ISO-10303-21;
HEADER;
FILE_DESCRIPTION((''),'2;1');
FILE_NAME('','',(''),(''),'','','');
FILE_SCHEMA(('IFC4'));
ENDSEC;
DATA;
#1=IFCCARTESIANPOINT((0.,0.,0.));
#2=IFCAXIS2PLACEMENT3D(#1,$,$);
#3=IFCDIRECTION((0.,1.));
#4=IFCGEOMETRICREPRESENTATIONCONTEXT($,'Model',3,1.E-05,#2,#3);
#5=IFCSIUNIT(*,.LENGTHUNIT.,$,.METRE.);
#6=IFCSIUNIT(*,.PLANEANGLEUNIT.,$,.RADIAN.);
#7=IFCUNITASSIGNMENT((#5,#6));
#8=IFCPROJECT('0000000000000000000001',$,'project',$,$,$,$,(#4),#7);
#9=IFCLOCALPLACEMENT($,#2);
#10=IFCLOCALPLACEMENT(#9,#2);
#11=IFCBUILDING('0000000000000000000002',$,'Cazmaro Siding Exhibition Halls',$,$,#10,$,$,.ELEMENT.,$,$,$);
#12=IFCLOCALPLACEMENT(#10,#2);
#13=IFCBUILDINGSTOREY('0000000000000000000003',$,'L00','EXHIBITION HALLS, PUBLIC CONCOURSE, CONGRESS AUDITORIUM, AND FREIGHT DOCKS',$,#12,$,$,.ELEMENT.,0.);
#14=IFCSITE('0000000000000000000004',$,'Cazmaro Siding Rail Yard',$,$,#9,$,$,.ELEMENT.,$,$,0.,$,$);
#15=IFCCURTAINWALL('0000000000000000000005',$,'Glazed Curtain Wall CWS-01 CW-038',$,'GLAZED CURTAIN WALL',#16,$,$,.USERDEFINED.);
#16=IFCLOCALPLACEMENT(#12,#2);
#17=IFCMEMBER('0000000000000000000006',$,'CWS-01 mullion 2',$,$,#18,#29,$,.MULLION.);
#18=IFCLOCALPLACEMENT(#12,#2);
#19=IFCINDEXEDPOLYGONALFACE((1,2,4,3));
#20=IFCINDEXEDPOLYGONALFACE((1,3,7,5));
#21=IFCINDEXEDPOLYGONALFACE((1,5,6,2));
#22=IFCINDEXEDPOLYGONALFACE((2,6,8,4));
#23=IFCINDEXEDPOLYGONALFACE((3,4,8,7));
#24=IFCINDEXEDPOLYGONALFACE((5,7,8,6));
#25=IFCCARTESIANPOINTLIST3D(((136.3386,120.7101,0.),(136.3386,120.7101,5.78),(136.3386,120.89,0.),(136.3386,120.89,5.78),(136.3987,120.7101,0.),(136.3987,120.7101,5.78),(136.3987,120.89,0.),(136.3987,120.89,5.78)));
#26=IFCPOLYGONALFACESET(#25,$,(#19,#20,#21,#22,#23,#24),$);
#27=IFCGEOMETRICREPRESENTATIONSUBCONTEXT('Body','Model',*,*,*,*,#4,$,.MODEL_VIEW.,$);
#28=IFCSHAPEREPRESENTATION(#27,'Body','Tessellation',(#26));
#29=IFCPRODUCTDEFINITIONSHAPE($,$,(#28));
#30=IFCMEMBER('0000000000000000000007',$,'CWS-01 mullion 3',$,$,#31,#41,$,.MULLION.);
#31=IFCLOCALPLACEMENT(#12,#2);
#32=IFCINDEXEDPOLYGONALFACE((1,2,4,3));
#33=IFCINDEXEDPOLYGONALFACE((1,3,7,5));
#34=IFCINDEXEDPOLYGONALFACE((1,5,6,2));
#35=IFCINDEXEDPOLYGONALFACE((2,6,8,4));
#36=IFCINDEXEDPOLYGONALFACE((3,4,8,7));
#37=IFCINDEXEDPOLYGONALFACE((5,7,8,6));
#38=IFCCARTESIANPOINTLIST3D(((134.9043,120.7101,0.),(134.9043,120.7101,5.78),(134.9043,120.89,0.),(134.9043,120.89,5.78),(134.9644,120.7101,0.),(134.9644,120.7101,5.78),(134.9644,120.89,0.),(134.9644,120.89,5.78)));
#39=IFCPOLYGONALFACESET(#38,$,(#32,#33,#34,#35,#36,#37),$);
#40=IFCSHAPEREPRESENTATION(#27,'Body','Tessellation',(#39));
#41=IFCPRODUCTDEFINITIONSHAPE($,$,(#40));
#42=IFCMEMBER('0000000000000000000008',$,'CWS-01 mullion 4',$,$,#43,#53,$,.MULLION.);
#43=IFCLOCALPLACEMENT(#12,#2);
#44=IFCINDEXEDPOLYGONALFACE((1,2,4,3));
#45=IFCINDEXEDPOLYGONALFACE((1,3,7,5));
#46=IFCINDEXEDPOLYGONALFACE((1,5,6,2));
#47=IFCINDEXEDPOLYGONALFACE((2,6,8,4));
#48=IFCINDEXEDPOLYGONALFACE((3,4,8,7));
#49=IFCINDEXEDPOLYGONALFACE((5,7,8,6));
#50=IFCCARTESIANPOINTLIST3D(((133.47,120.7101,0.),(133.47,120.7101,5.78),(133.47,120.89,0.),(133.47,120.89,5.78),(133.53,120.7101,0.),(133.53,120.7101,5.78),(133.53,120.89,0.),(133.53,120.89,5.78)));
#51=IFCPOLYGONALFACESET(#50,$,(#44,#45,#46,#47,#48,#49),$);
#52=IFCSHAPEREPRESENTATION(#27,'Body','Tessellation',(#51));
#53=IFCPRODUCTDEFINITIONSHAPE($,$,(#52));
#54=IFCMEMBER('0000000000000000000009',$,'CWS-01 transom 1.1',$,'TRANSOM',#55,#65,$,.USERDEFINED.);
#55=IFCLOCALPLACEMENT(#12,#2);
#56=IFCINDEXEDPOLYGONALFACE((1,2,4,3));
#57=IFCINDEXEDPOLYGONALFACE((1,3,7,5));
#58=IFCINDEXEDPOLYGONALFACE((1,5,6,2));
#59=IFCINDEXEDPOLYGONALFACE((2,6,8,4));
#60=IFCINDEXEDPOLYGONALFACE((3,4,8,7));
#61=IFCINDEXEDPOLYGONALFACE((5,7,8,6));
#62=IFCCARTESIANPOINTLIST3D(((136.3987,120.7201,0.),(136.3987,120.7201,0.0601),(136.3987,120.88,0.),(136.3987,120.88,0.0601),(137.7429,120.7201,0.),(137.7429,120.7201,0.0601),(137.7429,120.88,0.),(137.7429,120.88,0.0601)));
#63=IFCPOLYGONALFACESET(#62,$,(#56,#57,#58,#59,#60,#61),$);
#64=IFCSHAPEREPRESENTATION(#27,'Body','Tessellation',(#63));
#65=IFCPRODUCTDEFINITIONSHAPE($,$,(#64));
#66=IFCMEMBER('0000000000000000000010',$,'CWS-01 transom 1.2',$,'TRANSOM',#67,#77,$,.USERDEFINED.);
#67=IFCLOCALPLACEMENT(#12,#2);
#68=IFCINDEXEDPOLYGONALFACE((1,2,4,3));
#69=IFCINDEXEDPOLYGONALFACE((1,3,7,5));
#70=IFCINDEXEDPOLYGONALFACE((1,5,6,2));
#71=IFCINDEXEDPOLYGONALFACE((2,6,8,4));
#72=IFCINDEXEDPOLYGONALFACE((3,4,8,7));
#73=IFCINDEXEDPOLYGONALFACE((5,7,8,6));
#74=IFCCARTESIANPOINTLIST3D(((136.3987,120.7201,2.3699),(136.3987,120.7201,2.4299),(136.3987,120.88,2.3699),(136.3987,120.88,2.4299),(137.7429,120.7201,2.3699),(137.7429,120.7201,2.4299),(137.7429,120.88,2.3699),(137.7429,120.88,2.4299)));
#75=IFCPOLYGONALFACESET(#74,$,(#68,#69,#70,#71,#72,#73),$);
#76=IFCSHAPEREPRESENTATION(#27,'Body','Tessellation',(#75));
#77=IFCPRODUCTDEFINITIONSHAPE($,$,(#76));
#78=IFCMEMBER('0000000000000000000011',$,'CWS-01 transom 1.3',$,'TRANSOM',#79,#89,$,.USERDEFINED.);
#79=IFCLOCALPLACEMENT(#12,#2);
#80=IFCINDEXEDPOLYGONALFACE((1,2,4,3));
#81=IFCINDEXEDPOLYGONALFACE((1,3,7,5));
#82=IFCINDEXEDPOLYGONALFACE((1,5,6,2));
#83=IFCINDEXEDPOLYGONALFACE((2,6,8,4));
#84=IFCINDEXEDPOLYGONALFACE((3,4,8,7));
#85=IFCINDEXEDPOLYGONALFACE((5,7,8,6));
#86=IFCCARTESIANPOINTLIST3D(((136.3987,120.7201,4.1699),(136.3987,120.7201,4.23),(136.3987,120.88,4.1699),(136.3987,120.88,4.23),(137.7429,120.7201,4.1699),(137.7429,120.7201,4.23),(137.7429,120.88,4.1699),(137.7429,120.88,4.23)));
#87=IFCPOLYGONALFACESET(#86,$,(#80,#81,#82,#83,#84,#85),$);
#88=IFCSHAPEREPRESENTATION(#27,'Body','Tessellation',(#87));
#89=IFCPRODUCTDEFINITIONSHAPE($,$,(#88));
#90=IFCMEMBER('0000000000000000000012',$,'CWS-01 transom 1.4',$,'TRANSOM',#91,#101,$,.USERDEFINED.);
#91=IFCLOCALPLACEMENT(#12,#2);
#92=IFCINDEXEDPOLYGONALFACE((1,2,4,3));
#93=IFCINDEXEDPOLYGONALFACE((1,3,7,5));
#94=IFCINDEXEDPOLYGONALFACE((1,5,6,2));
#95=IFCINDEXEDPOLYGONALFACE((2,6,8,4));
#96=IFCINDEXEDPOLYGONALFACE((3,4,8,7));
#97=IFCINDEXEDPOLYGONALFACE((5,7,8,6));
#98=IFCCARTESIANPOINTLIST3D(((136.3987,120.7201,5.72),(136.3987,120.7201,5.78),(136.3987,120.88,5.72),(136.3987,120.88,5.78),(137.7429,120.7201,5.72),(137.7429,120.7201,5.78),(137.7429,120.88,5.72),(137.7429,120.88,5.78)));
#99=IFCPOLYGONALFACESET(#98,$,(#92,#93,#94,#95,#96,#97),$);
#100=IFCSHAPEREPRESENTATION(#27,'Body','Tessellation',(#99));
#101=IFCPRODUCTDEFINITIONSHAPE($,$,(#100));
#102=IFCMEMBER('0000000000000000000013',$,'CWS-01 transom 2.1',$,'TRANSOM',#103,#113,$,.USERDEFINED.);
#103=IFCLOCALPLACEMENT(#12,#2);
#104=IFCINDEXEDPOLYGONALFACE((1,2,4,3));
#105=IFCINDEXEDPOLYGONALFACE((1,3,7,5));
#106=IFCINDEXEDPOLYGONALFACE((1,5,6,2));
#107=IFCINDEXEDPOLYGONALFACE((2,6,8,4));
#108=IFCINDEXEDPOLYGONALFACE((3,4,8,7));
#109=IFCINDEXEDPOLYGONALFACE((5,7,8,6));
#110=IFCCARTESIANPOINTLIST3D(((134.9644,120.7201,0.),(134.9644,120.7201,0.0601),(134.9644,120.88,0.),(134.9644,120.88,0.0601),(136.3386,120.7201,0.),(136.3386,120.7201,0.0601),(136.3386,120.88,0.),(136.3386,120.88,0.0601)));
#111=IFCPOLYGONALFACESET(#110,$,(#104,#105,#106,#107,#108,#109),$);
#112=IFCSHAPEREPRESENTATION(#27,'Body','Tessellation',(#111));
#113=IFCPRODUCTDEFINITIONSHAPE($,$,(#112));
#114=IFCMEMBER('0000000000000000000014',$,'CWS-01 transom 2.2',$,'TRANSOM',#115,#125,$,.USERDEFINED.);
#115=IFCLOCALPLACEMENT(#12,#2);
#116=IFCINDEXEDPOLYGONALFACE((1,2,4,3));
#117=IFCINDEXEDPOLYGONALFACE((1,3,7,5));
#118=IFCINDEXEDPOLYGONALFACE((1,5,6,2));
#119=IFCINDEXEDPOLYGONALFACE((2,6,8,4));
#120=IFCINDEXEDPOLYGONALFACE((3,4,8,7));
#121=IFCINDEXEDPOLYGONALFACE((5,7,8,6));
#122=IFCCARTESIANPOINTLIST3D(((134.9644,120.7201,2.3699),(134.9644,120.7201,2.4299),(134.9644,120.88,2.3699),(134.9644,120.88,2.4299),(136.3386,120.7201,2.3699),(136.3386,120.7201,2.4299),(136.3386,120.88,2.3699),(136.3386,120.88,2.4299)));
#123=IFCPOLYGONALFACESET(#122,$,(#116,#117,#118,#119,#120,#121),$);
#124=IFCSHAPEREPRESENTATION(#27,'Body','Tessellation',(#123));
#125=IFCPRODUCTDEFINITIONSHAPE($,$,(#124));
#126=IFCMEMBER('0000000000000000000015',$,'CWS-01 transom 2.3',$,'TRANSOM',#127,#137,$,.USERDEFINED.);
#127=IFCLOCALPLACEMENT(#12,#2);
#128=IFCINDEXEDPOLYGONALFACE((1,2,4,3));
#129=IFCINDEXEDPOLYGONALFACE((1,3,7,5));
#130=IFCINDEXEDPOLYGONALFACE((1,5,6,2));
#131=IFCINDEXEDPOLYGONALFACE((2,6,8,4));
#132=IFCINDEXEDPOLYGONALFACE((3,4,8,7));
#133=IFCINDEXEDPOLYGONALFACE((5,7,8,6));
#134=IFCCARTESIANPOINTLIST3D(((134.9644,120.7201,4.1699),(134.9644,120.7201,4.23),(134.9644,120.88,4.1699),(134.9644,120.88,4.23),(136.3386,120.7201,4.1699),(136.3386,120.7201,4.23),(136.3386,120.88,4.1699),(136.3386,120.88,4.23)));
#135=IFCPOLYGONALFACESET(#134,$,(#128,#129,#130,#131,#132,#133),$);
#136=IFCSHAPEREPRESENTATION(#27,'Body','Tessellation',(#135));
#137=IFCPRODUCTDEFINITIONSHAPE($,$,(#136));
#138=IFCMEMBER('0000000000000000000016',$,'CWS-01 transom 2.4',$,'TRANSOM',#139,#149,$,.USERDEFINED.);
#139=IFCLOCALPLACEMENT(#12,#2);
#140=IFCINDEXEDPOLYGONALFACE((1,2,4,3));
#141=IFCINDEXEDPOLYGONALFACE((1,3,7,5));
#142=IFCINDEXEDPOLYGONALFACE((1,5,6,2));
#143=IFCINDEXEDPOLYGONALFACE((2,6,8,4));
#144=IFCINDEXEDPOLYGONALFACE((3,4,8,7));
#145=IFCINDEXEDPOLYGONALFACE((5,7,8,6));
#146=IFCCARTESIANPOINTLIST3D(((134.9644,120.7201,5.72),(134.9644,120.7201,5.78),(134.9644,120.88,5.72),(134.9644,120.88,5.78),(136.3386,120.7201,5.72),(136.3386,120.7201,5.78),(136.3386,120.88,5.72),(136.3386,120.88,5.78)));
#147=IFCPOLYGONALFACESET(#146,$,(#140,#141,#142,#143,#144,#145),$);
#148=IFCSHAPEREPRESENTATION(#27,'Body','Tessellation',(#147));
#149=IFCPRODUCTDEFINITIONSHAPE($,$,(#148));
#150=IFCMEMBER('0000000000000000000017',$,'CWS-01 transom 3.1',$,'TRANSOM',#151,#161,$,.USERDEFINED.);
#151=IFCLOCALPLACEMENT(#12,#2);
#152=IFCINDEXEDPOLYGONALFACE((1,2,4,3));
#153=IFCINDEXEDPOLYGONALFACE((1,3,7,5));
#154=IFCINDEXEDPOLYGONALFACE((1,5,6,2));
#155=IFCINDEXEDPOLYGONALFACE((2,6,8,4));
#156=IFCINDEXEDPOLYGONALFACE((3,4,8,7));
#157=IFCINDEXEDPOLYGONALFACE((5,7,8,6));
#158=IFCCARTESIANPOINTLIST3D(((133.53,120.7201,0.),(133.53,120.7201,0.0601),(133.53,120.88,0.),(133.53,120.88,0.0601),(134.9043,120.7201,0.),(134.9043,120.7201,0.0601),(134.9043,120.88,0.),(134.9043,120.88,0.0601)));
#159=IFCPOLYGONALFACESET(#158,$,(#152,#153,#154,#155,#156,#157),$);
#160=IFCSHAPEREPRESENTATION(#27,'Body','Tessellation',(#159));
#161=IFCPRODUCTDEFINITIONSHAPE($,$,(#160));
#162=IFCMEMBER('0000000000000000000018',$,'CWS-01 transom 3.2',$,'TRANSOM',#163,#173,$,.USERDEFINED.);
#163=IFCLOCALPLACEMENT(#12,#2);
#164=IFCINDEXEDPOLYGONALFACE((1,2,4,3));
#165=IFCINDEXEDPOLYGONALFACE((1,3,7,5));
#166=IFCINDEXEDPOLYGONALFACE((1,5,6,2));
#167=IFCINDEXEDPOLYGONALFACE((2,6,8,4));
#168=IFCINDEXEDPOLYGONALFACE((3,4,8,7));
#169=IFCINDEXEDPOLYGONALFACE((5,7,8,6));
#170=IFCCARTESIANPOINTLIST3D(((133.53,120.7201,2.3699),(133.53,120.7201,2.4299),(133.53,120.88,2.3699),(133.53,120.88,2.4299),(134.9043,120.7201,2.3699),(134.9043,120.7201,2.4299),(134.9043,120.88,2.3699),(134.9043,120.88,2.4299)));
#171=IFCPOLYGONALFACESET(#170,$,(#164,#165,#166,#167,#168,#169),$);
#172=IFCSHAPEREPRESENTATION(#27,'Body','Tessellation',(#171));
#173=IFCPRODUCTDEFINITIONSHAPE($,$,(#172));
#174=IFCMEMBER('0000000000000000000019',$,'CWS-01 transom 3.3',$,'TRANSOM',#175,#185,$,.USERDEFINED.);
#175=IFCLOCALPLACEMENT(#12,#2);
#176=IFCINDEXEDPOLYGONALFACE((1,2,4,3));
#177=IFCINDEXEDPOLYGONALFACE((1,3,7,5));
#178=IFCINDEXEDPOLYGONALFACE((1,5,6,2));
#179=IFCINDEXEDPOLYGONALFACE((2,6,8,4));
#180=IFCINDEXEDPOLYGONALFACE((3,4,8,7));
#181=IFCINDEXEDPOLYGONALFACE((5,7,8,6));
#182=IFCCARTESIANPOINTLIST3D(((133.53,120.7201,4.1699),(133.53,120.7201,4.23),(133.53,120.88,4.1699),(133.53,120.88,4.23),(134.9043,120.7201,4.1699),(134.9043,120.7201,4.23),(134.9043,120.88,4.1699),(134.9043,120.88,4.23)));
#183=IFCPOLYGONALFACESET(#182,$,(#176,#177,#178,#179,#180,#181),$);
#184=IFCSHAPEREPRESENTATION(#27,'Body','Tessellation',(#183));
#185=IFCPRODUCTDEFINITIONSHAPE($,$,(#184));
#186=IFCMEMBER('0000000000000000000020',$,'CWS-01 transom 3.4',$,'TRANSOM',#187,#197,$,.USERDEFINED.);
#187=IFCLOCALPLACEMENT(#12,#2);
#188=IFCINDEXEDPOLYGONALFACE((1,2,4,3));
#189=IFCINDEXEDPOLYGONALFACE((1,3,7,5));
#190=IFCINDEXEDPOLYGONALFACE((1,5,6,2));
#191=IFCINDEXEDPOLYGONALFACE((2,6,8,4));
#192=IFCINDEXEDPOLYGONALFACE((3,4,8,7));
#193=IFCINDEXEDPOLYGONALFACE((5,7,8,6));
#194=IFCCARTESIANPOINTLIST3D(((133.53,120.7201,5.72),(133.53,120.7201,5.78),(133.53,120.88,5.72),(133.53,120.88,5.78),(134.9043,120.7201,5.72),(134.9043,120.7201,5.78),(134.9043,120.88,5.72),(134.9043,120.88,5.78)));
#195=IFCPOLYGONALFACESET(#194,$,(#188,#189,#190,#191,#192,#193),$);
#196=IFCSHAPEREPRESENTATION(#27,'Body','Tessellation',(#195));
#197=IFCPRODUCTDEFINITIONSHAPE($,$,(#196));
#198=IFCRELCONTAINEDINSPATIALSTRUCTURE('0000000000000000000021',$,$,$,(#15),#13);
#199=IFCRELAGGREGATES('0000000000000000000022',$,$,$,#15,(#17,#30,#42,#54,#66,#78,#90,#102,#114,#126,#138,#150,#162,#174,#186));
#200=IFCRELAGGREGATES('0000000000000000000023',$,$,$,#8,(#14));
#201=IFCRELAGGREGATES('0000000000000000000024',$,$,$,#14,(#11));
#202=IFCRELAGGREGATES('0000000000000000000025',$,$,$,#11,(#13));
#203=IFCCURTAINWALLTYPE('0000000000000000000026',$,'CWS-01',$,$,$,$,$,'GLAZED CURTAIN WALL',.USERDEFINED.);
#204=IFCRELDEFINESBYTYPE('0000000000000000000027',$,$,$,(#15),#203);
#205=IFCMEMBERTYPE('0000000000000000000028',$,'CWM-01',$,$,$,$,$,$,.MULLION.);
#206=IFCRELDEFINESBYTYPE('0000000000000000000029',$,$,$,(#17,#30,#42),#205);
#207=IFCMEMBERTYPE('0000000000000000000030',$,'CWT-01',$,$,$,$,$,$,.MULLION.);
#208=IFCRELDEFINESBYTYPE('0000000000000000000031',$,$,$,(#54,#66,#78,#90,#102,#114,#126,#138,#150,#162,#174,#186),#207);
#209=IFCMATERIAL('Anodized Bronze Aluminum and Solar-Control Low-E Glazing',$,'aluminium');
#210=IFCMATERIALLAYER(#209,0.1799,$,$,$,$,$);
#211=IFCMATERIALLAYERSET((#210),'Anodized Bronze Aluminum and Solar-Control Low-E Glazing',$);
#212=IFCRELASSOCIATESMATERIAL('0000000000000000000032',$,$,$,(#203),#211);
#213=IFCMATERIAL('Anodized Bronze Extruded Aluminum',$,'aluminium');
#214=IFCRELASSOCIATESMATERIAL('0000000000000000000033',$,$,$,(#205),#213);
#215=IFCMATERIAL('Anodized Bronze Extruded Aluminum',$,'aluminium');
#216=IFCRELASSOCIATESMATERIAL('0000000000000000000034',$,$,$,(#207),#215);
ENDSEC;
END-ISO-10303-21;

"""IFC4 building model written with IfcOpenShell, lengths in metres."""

from ifc_helpers import new_model, si_unit, direction, frame, origin, origin_2d, place, context, subcontext, project, spatial, rectangle, extrude, material, layer, layer_set, material_profile, profile_set, type_object, element, aggregate, save


model = new_model("IFC4")

# Units and contexts
model_context = context("Model", 3, precision=1e-05, world=origin(), true_north=direction((0.0, 1.0)))
body_context = subcontext(model_context, "Body", "Model", "MODEL_VIEW")
ifc_project = project(units=[si_unit("LENGTHUNIT", "METRE"), si_unit("PLANEANGLEUNIT", "RADIAN")], contexts=[model_context])

# Site, building, storey
site_placement = place(None, origin())
site = spatial("IfcSite", under=ifc_project, at=site_placement, Name="Cazmaro Siding Rail Yard", CompositionType="ELEMENT", RefElevation=0.0)
building_placement = place(site_placement, origin())
building = spatial("IfcBuilding", under=site, at=building_placement, Name="Cazmaro Siding Exhibition Halls", CompositionType="ELEMENT")
storey_placement = place(building_placement, origin())
storey = spatial("IfcBuildingStorey", under=building, at=storey_placement, Name="L00", Description="EXHIBITION HALLS, PUBLIC CONCOURSE, CONGRESS AUDITORIUM, AND FREIGHT DOCKS", CompositionType="ELEMENT", Elevation=0.0)

# Curtain wall, members
ifc_material_1 = material(Name="Anodized Bronze Aluminum and Solar-Control Low-E Glazing", Category="aluminium")
ifc_layer_1 = layer(ifc_material_1, 0.1799)
ifc_layer_set_1 = layer_set([ifc_layer_1], Name="Anodized Bronze Aluminum and Solar-Control Low-E Glazing")
curtain_wall_type = type_object("IfcCurtainWallType", Name="CWS-01", ElementType="GLAZED CURTAIN WALL", PredefinedType="USERDEFINED", material=ifc_layer_set_1)
curtain_wall_placement = place(storey_placement, origin())
curtain_wall = element("IfcCurtainWall", 1, at=curtain_wall_placement, inside=storey, type_object=curtain_wall_type, Name="Glazed Curtain Wall CWS-01 CW-038", ObjectType="GLAZED CURTAIN WALL", PredefinedType="USERDEFINED")
ifc_material_2 = material(Name="Anodized Bronze Extruded Aluminum", Category="aluminium")
ifc_material_profile_1 = material_profile(ifc_material_2, rectangle(XDim=0.1799, YDim=0.0601, at=origin_2d()), Name="CWM-01")
ifc_profile_set_1 = profile_set([ifc_material_profile_1], Name="Anodized Bronze Extruded Aluminum")
member_type_1 = type_object("IfcMemberType", Name="CWM-01", PredefinedType="MULLION", material=ifc_profile_set_1)
member_1_placement = place(storey_placement, frame((136.3687, 120.8, 0.0), z_axis=(0.0, 0.0, 1.0), x_axis=(0.0, -1.0, 0.0)))
member_1 = element("IfcMember", 2, at=member_1_placement, type_object=member_type_1, Name="CWS-01 mullion 2", PredefinedType="MULLION", context=body_context, shape_type="SweptSolid", body=[
    extrude(rectangle(XDim=0.1799, YDim=0.0601, at=origin_2d()), origin(), (0.0, 0.0, 1.0), 5.78),
])
member_2_placement = place(storey_placement, frame((134.9343, 120.8, 0.0), z_axis=(0.0, 0.0, 1.0), x_axis=(0.0, -1.0, 0.0)))
member_2 = element("IfcMember", 3, at=member_2_placement, type_object=member_type_1, Name="CWS-01 mullion 3", PredefinedType="MULLION", context=body_context, shape_type="SweptSolid", body=[
    extrude(rectangle(XDim=0.1799, YDim=0.0601, at=origin_2d()), origin(), (0.0, 0.0, 1.0), 5.78),
])
member_3_placement = place(storey_placement, frame((133.5, 120.8, 0.0), z_axis=(0.0, 0.0, 1.0), x_axis=(0.0, -1.0, 0.0)))
member_3 = element("IfcMember", 4, at=member_3_placement, type_object=member_type_1, Name="CWS-01 mullion 4", PredefinedType="MULLION", context=body_context, shape_type="SweptSolid", body=[
    extrude(rectangle(XDim=0.1799, YDim=0.0601, at=origin_2d()), origin(), (0.0, 0.0, 1.0), 5.78),
])
ifc_material_3 = material(Name="Anodized Bronze Extruded Aluminum", Category="aluminium")
ifc_material_profile_2 = material_profile(ifc_material_3, rectangle(XDim=0.1599, YDim=0.0601, at=origin_2d()), Name="CWT-01")
ifc_profile_set_2 = profile_set([ifc_material_profile_2], Name="Anodized Bronze Extruded Aluminum")
member_type_2 = type_object("IfcMemberType", Name="CWT-01", PredefinedType="MULLION", material=ifc_profile_set_2)
member_4_placement = place(storey_placement, frame((137.7429, 120.8, 0.03), z_axis=(-1.0, 0.0, 0.0), x_axis=(0.0, -1.0, 0.0)))
member_4 = element("IfcMember", 5, at=member_4_placement, type_object=member_type_2, Name="CWS-01 transom 1.1", ObjectType="TRANSOM", PredefinedType="USERDEFINED", context=body_context, shape_type="SweptSolid", body=[
    extrude(rectangle(XDim=0.1599, YDim=0.0601, at=origin_2d()), origin(), (0.0, 0.0, 1.0), 1.3442),
])
member_5_placement = place(storey_placement, frame((137.7429, 120.8, 2.3999), z_axis=(-1.0, 0.0, 0.0), x_axis=(0.0, -1.0, 0.0)))
member_5 = element("IfcMember", 6, at=member_5_placement, type_object=member_type_2, Name="CWS-01 transom 1.2", ObjectType="TRANSOM", PredefinedType="USERDEFINED", context=body_context, shape_type="SweptSolid", body=[
    extrude(rectangle(XDim=0.1599, YDim=0.0601, at=origin_2d()), origin(), (0.0, 0.0, 1.0), 1.3442),
])
member_6_placement = place(storey_placement, frame((137.7429, 120.8, 4.2), z_axis=(-1.0, 0.0, 0.0), x_axis=(0.0, -1.0, 0.0)))
member_6 = element("IfcMember", 7, at=member_6_placement, type_object=member_type_2, Name="CWS-01 transom 1.3", ObjectType="TRANSOM", PredefinedType="USERDEFINED", context=body_context, shape_type="SweptSolid", body=[
    extrude(rectangle(XDim=0.1599, YDim=0.0601, at=origin_2d()), origin(), (0.0, 0.0, 1.0), 1.3442),
])
member_7_placement = place(storey_placement, frame((137.7429, 120.8, 5.75), z_axis=(-1.0, 0.0, 0.0), x_axis=(0.0, -1.0, 0.0)))
member_7 = element("IfcMember", 8, at=member_7_placement, type_object=member_type_2, Name="CWS-01 transom 1.4", ObjectType="TRANSOM", PredefinedType="USERDEFINED", context=body_context, shape_type="SweptSolid", body=[
    extrude(rectangle(XDim=0.1599, YDim=0.0601, at=origin_2d()), origin(), (0.0, 0.0, 1.0), 1.3442),
])
member_8_placement = place(storey_placement, frame((136.3386, 120.8, 0.03), z_axis=(-1.0, 0.0, 0.0), x_axis=(0.0, -1.0, 0.0)))
member_8 = element("IfcMember", 9, at=member_8_placement, type_object=member_type_2, Name="CWS-01 transom 2.1", ObjectType="TRANSOM", PredefinedType="USERDEFINED", context=body_context, shape_type="SweptSolid", body=[
    extrude(rectangle(XDim=0.1599, YDim=0.0601, at=origin_2d()), origin(), (0.0, 0.0, 1.0), 1.3743),
])
member_9_placement = place(storey_placement, frame((136.3386, 120.8, 2.3999), z_axis=(-1.0, 0.0, 0.0), x_axis=(0.0, -1.0, 0.0)))
member_9 = element("IfcMember", 10, at=member_9_placement, type_object=member_type_2, Name="CWS-01 transom 2.2", ObjectType="TRANSOM", PredefinedType="USERDEFINED", context=body_context, shape_type="SweptSolid", body=[
    extrude(rectangle(XDim=0.1599, YDim=0.0601, at=origin_2d()), origin(), (0.0, 0.0, 1.0), 1.3743),
])
member_10_placement = place(storey_placement, frame((136.3386, 120.8, 4.2), z_axis=(-1.0, 0.0, 0.0), x_axis=(0.0, -1.0, 0.0)))
member_10 = element("IfcMember", 11, at=member_10_placement, type_object=member_type_2, Name="CWS-01 transom 2.3", ObjectType="TRANSOM", PredefinedType="USERDEFINED", context=body_context, shape_type="SweptSolid", body=[
    extrude(rectangle(XDim=0.1599, YDim=0.0601, at=origin_2d()), origin(), (0.0, 0.0, 1.0), 1.3743),
])
member_11_placement = place(storey_placement, frame((136.3386, 120.8, 5.75), z_axis=(-1.0, 0.0, 0.0), x_axis=(0.0, -1.0, 0.0)))
member_11 = element("IfcMember", 12, at=member_11_placement, type_object=member_type_2, Name="CWS-01 transom 2.4", ObjectType="TRANSOM", PredefinedType="USERDEFINED", context=body_context, shape_type="SweptSolid", body=[
    extrude(rectangle(XDim=0.1599, YDim=0.0601, at=origin_2d()), origin(), (0.0, 0.0, 1.0), 1.3743),
])
member_12_placement = place(storey_placement, frame((134.9043, 120.8, 0.03), z_axis=(-1.0, 0.0, 0.0), x_axis=(0.0, -1.0, 0.0)))
member_12 = element("IfcMember", 13, at=member_12_placement, type_object=member_type_2, Name="CWS-01 transom 3.1", ObjectType="TRANSOM", PredefinedType="USERDEFINED", context=body_context, shape_type="SweptSolid", body=[
    extrude(rectangle(XDim=0.1599, YDim=0.0601, at=origin_2d()), origin(), (0.0, 0.0, 1.0), 1.3743),
])
member_13_placement = place(storey_placement, frame((134.9043, 120.8, 2.3999), z_axis=(-1.0, 0.0, 0.0), x_axis=(0.0, -1.0, 0.0)))
member_13 = element("IfcMember", 14, at=member_13_placement, type_object=member_type_2, Name="CWS-01 transom 3.2", ObjectType="TRANSOM", PredefinedType="USERDEFINED", context=body_context, shape_type="SweptSolid", body=[
    extrude(rectangle(XDim=0.1599, YDim=0.0601, at=origin_2d()), origin(), (0.0, 0.0, 1.0), 1.3743),
])
member_14_placement = place(storey_placement, frame((134.9043, 120.8, 4.2), z_axis=(-1.0, 0.0, 0.0), x_axis=(0.0, -1.0, 0.0)))
member_14 = element("IfcMember", 15, at=member_14_placement, type_object=member_type_2, Name="CWS-01 transom 3.3", ObjectType="TRANSOM", PredefinedType="USERDEFINED", context=body_context, shape_type="SweptSolid", body=[
    extrude(rectangle(XDim=0.1599, YDim=0.0601, at=origin_2d()), origin(), (0.0, 0.0, 1.0), 1.3743),
])
member_15_placement = place(storey_placement, frame((134.9043, 120.8, 5.75), z_axis=(-1.0, 0.0, 0.0), x_axis=(0.0, -1.0, 0.0)))
member_15 = element("IfcMember", 16, at=member_15_placement, type_object=member_type_2, Name="CWS-01 transom 3.4", ObjectType="TRANSOM", PredefinedType="USERDEFINED", context=body_context, shape_type="SweptSolid", body=[
    extrude(rectangle(XDim=0.1599, YDim=0.0601, at=origin_2d()), origin(), (0.0, 0.0, 1.0), 1.3743),
])
aggregate(curtain_wall, [member_1, member_2, member_3, member_4, member_5, member_6, member_7, member_8, member_9, member_10, member_11, member_12, member_13, member_14, member_15])

save(model, "model.ifc")
